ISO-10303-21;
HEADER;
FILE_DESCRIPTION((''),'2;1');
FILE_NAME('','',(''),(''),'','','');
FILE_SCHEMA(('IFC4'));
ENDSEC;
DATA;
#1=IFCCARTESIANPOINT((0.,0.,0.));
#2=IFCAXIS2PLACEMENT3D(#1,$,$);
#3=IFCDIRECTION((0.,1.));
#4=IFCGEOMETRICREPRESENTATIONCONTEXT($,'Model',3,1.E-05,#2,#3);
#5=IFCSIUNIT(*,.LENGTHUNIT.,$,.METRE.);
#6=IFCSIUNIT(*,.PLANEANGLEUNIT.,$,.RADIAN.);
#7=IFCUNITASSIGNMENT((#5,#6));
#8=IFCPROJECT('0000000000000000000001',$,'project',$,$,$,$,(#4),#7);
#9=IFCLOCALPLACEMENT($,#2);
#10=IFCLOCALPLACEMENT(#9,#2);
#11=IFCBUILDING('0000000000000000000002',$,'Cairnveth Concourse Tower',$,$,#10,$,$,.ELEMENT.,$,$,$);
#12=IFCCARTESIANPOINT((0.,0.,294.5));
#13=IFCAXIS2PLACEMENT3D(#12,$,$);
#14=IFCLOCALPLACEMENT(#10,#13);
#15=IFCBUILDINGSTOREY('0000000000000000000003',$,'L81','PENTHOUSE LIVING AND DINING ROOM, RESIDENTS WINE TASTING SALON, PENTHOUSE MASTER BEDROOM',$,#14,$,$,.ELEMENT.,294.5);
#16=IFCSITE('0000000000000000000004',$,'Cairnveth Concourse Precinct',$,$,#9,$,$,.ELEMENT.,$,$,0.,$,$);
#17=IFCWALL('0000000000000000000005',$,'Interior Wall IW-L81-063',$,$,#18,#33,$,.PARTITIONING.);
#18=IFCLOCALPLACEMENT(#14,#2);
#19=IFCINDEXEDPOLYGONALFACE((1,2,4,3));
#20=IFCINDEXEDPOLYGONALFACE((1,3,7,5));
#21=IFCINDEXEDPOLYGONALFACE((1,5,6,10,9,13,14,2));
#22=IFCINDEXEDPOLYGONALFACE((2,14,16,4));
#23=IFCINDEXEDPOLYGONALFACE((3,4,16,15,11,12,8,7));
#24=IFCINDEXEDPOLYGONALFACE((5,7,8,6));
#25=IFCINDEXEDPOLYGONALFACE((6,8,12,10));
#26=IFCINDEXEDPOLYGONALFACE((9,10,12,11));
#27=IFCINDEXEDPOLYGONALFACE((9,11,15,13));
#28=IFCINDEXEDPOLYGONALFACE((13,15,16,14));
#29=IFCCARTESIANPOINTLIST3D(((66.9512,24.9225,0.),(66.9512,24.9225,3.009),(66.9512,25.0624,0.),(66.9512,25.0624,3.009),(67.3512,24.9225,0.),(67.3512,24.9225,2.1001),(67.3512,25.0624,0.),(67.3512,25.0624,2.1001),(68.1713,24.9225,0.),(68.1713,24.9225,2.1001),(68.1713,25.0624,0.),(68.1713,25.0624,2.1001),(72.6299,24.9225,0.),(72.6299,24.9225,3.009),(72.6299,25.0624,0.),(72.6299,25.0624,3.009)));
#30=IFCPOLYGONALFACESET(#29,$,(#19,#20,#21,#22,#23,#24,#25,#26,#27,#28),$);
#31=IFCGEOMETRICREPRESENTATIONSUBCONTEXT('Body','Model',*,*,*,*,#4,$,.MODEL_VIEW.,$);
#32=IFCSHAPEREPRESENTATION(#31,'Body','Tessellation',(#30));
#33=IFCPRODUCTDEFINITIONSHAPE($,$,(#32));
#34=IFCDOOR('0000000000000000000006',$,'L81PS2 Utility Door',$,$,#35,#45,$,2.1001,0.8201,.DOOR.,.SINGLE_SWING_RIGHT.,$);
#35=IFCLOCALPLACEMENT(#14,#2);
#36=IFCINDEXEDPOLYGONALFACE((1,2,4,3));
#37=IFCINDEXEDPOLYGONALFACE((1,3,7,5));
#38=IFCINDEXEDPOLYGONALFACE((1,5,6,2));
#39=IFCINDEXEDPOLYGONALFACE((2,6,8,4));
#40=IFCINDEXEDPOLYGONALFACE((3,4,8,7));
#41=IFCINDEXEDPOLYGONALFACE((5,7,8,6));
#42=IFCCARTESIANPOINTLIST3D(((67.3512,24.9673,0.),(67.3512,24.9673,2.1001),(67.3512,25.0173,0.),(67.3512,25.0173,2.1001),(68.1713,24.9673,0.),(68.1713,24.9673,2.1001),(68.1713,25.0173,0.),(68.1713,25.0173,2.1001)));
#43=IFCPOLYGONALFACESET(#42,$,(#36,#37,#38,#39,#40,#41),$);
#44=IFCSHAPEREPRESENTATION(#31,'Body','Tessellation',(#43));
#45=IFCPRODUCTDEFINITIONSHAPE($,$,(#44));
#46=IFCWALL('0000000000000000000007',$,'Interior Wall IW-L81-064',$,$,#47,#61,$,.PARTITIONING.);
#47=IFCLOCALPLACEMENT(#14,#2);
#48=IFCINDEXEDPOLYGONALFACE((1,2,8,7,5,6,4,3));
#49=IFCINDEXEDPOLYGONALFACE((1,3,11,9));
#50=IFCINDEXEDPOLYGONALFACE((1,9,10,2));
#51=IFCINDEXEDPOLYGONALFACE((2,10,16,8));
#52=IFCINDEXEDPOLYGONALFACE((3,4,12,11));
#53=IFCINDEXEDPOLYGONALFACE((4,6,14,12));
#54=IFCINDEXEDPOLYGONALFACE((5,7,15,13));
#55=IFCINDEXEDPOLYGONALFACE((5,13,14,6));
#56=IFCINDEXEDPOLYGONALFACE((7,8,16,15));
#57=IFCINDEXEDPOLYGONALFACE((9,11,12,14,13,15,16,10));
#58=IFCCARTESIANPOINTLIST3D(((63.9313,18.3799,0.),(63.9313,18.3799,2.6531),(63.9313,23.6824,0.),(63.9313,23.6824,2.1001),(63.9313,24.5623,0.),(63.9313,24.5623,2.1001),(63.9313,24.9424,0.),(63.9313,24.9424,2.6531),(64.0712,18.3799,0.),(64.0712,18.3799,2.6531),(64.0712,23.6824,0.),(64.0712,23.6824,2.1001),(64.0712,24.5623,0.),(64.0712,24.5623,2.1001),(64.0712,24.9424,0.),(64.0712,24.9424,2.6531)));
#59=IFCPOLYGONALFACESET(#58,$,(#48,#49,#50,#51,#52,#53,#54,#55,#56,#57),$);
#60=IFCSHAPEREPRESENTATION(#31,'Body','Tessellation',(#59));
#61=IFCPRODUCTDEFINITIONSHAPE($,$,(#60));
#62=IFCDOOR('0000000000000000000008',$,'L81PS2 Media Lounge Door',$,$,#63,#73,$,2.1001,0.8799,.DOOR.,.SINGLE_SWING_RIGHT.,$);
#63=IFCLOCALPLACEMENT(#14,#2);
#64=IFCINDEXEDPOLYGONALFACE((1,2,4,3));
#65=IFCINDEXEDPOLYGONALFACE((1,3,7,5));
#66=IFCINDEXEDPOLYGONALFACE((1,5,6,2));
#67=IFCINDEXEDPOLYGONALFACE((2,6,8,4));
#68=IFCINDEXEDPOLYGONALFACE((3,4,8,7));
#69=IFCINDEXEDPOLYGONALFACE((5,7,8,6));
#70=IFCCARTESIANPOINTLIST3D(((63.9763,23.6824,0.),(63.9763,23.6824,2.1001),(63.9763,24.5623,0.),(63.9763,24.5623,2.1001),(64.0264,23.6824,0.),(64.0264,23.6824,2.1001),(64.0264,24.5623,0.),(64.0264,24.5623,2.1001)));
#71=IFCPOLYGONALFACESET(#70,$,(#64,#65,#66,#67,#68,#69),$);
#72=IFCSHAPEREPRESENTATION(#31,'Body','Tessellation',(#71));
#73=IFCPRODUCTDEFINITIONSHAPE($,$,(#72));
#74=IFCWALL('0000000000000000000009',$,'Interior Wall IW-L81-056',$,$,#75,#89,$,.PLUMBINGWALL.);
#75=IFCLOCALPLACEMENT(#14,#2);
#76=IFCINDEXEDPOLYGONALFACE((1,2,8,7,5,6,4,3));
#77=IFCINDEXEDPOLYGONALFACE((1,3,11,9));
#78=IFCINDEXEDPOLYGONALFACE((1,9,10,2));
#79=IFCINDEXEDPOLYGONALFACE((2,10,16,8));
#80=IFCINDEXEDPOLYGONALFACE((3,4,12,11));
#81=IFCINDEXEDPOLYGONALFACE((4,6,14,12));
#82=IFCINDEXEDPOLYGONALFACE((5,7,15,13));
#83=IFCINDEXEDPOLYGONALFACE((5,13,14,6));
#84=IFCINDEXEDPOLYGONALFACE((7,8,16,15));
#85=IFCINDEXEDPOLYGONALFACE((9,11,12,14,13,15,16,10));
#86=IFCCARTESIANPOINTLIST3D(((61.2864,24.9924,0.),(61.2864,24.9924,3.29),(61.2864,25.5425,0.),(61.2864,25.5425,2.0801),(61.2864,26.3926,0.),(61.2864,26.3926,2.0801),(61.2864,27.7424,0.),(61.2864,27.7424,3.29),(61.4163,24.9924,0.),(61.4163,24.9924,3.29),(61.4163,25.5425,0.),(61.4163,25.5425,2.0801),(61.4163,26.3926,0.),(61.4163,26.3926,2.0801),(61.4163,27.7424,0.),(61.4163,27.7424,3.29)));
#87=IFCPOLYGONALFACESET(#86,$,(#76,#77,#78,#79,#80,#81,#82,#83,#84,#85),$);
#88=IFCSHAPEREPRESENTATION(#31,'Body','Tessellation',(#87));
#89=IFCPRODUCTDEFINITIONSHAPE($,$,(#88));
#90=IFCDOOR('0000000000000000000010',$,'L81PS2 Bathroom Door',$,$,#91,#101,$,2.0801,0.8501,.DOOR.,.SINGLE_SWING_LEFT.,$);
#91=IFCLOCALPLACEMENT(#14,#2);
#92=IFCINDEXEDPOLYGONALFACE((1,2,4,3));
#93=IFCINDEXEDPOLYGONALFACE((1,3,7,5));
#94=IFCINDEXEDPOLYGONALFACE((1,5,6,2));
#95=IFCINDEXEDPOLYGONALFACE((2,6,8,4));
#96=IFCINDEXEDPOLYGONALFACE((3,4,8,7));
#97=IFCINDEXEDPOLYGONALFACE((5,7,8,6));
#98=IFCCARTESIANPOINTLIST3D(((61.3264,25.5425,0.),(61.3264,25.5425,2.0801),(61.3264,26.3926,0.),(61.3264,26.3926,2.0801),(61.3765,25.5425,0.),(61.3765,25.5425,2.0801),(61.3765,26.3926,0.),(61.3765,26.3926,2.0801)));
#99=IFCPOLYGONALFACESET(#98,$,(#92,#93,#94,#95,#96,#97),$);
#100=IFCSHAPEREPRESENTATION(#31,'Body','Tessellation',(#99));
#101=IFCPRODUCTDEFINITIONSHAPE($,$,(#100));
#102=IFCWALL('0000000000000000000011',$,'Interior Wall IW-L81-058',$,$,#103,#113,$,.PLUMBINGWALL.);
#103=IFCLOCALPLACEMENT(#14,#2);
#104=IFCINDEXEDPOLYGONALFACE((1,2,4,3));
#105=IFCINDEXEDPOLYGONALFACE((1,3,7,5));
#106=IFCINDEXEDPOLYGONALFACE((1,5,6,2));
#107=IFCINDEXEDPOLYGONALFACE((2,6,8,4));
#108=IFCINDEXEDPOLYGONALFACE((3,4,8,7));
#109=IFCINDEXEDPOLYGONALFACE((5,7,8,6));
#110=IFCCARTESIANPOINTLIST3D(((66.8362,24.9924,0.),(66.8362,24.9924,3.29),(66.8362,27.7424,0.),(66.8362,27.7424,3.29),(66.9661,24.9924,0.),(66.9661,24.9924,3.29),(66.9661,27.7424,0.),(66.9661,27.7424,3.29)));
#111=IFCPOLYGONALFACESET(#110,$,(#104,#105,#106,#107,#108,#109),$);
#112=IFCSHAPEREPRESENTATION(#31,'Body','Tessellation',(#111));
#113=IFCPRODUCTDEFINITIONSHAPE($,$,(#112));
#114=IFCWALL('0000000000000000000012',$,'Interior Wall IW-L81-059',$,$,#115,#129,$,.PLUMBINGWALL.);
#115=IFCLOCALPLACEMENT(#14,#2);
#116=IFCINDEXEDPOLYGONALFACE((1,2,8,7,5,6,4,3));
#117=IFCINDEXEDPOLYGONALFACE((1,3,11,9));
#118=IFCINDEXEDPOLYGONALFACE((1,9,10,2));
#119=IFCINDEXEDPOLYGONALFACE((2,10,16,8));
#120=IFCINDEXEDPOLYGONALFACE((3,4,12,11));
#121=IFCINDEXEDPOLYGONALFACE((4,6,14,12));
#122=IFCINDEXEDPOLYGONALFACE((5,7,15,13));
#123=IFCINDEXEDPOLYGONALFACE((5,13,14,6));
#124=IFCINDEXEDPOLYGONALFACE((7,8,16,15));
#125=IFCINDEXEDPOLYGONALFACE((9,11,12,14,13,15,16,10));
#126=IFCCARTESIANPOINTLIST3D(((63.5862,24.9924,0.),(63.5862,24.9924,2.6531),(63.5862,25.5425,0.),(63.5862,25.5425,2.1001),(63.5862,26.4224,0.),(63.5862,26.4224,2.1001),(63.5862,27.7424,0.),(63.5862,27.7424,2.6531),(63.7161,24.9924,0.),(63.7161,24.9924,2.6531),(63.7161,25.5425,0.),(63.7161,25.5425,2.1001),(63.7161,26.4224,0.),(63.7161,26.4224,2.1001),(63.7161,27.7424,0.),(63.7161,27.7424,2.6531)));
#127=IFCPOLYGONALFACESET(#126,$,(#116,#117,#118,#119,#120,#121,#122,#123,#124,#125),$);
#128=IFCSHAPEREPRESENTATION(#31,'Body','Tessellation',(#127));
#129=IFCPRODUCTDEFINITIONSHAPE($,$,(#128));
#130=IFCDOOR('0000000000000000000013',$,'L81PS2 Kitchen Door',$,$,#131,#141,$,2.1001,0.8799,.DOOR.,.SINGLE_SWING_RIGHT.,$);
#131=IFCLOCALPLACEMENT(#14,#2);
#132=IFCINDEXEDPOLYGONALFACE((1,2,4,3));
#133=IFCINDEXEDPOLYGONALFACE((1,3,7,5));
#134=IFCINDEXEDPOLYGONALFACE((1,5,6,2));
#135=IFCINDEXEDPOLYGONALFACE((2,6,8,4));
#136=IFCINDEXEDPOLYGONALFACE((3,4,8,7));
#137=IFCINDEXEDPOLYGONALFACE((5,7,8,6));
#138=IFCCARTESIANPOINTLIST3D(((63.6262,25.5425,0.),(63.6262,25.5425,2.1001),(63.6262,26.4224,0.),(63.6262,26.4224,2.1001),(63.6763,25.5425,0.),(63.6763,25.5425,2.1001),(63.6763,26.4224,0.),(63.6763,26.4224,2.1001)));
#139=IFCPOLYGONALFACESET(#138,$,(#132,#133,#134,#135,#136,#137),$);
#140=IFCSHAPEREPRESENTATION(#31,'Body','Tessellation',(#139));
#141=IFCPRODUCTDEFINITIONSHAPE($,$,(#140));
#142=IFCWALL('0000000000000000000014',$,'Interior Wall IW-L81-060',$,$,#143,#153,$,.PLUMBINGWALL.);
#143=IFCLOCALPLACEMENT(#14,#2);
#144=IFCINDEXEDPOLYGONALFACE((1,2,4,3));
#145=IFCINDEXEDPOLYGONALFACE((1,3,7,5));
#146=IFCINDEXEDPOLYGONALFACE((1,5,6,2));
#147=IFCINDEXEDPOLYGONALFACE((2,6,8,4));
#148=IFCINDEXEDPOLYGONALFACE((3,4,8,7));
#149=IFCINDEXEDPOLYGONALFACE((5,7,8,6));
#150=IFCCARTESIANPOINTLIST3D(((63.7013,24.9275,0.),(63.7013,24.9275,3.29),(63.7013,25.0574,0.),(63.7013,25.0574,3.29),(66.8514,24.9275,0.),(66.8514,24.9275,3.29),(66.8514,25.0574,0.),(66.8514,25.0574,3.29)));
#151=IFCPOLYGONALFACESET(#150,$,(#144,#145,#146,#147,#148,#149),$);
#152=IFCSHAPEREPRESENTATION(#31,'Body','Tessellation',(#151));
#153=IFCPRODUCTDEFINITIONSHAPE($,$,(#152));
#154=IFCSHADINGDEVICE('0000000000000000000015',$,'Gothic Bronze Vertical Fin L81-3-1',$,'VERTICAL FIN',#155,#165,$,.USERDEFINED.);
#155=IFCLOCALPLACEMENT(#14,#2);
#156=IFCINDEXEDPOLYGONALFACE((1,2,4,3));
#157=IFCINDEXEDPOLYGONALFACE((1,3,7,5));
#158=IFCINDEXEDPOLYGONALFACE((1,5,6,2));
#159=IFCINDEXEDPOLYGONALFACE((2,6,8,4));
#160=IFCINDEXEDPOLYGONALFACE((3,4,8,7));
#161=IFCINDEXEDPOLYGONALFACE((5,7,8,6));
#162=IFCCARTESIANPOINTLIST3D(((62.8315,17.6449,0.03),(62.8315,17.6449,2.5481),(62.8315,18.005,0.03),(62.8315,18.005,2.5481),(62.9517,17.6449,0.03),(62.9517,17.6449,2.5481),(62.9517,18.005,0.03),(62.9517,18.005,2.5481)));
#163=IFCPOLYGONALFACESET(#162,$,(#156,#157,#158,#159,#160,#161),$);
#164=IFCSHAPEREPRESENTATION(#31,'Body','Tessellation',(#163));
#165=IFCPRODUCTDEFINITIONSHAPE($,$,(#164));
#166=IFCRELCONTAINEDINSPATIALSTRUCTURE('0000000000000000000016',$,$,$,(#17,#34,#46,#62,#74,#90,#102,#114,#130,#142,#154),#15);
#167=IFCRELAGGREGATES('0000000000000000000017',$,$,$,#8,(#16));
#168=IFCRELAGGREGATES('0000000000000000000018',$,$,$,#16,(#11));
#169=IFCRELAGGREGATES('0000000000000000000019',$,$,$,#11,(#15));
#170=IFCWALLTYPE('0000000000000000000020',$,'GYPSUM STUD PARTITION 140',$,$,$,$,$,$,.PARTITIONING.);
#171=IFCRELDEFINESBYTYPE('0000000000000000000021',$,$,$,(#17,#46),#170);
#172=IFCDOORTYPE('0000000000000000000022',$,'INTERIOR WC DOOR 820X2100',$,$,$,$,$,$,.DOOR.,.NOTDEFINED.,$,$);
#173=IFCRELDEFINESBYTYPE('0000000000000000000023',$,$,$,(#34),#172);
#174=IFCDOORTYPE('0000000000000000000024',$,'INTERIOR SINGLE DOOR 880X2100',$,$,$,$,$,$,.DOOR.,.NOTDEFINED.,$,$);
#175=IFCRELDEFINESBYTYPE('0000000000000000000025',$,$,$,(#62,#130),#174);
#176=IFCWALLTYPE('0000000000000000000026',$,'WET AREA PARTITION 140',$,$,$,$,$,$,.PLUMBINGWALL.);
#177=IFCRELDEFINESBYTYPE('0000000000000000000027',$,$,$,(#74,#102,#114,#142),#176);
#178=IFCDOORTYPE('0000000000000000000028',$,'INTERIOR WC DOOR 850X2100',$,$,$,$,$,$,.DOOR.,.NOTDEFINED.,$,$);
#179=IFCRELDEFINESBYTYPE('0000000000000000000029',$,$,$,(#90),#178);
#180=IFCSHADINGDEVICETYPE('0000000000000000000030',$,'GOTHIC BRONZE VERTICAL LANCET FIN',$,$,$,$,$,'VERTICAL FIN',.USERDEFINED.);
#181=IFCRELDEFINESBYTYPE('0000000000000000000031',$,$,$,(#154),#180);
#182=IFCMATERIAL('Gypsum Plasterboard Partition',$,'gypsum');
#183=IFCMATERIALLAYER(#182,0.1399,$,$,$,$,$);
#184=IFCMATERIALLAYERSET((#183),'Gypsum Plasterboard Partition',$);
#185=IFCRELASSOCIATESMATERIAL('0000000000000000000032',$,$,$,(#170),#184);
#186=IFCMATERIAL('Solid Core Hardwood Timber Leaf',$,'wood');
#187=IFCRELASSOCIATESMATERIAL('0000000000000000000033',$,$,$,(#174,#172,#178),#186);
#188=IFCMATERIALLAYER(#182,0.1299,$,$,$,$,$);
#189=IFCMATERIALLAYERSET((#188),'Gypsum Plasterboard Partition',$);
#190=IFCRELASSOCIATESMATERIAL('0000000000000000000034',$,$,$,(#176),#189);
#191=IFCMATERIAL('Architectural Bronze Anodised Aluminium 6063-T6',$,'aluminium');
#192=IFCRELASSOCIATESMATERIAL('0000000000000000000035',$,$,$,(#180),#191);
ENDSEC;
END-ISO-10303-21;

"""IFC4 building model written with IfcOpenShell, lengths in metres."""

from ifc_helpers import new_model, si_unit, direction, frame, frame_2d, origin, origin_2d, place, context, subcontext, project, spatial, rectangle, extrude, material, layer, layer_set, type_object, element, fill, save


model = new_model("IFC4")

# Units and contexts
model_context = context("Model", 3, precision=1e-05, world=origin(), true_north=direction((0.0, 1.0)))
body_context = subcontext(model_context, "Body", "Model", "MODEL_VIEW")
ifc_project = project(units=[si_unit("LENGTHUNIT", "METRE"), si_unit("PLANEANGLEUNIT", "RADIAN")], contexts=[model_context])

# Site, building, storey
site_placement = place(None, origin())
site = spatial("IfcSite", under=ifc_project, at=site_placement, Name="Cairnveth Concourse Precinct", CompositionType="ELEMENT", RefElevation=0.0)
building_placement = place(site_placement, origin())
building = spatial("IfcBuilding", under=site, at=building_placement, Name="Cairnveth Concourse Tower", CompositionType="ELEMENT")
storey_placement = place(building_placement, frame((0.0, 0.0, 294.5)))
storey = spatial("IfcBuildingStorey", under=building, at=storey_placement, Name="L81", Description="PENTHOUSE LIVING AND DINING ROOM, RESIDENTS WINE TASTING SALON, PENTHOUSE MASTER BEDROOM", CompositionType="ELEMENT", Elevation=294.5)

# Shared definitions
ifc_material_1 = material(Name="Gypsum Plasterboard Partition", Category="gypsum")
ifc_material_2 = material(Name="Solid Core Hardwood Timber Leaf", Category="wood")

# Walls, openings, doors
ifc_layer_1 = layer(ifc_material_1, 0.1399)
ifc_layer_set_1 = layer_set([ifc_layer_1], Name="Gypsum Plasterboard Partition")
wall_type_1 = type_object("IfcWallType", Name="GYPSUM STUD PARTITION 140", PredefinedType="PARTITIONING", material=ifc_layer_set_1)
door_type_1 = type_object("IfcDoorType", Name="INTERIOR SINGLE DOOR 880X2100", OperationType="NOTDEFINED", PredefinedType="DOOR", material=ifc_material_2)
wall_1_placement = place(storey_placement, frame((66.9512, 24.9924, 0.0), z_axis=(0.0, 0.0, 1.0), x_axis=(1.0, 0.0, 0.0)))
wall_1 = element("IfcWall", 1, at=wall_1_placement, inside=storey, type_object=wall_type_1, Name="Interior Wall IW-L81-063", PredefinedType="PARTITIONING", context=body_context, shape_type="SweptSolid", body=[
    extrude(rectangle(XDim=5.6787, YDim=0.1399, at=frame_2d((2.8394, 0.0))), origin(), (0.0, 0.0, 1.0), 3.009),
])
opening_1_placement = place(wall_1_placement, frame((0.3999, 0.0, 0.0)))
opening_1 = element("IfcOpeningElement", 2, at=opening_1_placement, cuts=wall_1, PredefinedType="OPENING", context=body_context, shape_type="SweptSolid", body=[
    extrude(rectangle(XDim=0.8201, YDim=2.1001, at=frame_2d((0.4102, 1.05))), frame((0.0, 0.0798, 0.0), z_axis=(0.0, -1.0, 0.0), x_axis=(1.0, 0.0, 0.0)), (0.0, 0.0, 1.0), 0.1599),
])
door_type_2 = type_object("IfcDoorType", Name="INTERIOR WC DOOR 820X2100", OperationType="NOTDEFINED", PredefinedType="DOOR", material=ifc_material_2)
door_1_placement = place(opening_1_placement, origin())
door_1 = element("IfcDoor", 3, at=door_1_placement, inside=storey, type_object=door_type_2, Name="L81PS2 Utility Door", OperationType="SINGLE_SWING_RIGHT", OverallHeight=2.1001, OverallWidth=0.8201, PredefinedType="DOOR", context=body_context, shape_type="SweptSolid", body=[
    extrude(rectangle(XDim=0.8201, YDim=2.1001, at=frame_2d((0.4102, 1.05))), frame((0.0, 0.0249, 0.0), z_axis=(0.0, -1.0, 0.0), x_axis=(1.0, 0.0, 0.0)), (0.0, 0.0, 1.0), 0.05),
])
fill(opening_1, door_1)
wall_2_placement = place(storey_placement, frame((64.0012, 18.3799, 0.0), z_axis=(0.0, 0.0, 1.0), x_axis=(0.0, 1.0, 0.0)))
wall_2 = element("IfcWall", 4, at=wall_2_placement, inside=storey, type_object=wall_type_1, Name="Interior Wall IW-L81-064", PredefinedType="PARTITIONING", context=body_context, shape_type="SweptSolid", body=[
    extrude(rectangle(XDim=6.5625, YDim=0.1399, at=frame_2d((3.2812, 0.0))), origin(), (0.0, 0.0, 1.0), 2.6531),
])
opening_2_placement = place(wall_2_placement, frame((5.3025, 0.0, 0.0)))
opening_2 = element("IfcOpeningElement", 5, at=opening_2_placement, cuts=wall_2, PredefinedType="OPENING", context=body_context, shape_type="SweptSolid", body=[
    extrude(rectangle(XDim=0.8799, YDim=2.1001, at=frame_2d((0.4399, 1.05))), frame((0.0, 0.0798, 0.0), z_axis=(0.0, -1.0, 0.0), x_axis=(1.0, 0.0, 0.0)), (0.0, 0.0, 1.0), 0.1599),
])
door_2_placement = place(opening_2_placement, origin())
door_2 = element("IfcDoor", 6, at=door_2_placement, inside=storey, type_object=door_type_1, Name="L81PS2 Media Lounge Door", OperationType="SINGLE_SWING_RIGHT", OverallHeight=2.1001, OverallWidth=0.8799, PredefinedType="DOOR", context=body_context, shape_type="SweptSolid", body=[
    extrude(rectangle(XDim=0.8799, YDim=2.1001, at=frame_2d((0.4399, 1.05))), frame((0.0, 0.0249, 0.0), z_axis=(0.0, -1.0, 0.0), x_axis=(1.0, 0.0, 0.0)), (0.0, 0.0, 1.0), 0.05),
])
fill(opening_2, door_2)
ifc_layer_2 = layer(ifc_material_1, 0.1299)
ifc_layer_set_2 = layer_set([ifc_layer_2], Name="Gypsum Plasterboard Partition")
wall_type_2 = type_object("IfcWallType", Name="WET AREA PARTITION 140", PredefinedType="PLUMBINGWALL", material=ifc_layer_set_2)
wall_3_placement = place(storey_placement, frame((61.3513, 24.9924, 0.0), z_axis=(0.0, 0.0, 1.0), x_axis=(0.0, 1.0, 0.0)))
wall_3 = element("IfcWall", 7, at=wall_3_placement, inside=storey, type_object=wall_type_2, Name="Interior Wall IW-L81-056", PredefinedType="PLUMBINGWALL", context=body_context, shape_type="SweptSolid", body=[
    extrude(rectangle(XDim=2.75, YDim=0.1299, at=frame_2d((1.375, 0.0))), origin(), (0.0, 0.0, 1.0), 3.29),
])
opening_3_placement = place(wall_3_placement, frame((0.55, 0.0, 0.0)))
opening_3 = element("IfcOpeningElement", 8, at=opening_3_placement, cuts=wall_3, PredefinedType="OPENING", context=body_context, shape_type="SweptSolid", body=[
    extrude(rectangle(XDim=0.8501, YDim=2.0801, at=frame_2d((0.425, 1.04))), frame((0.0, 0.075, 0.0), z_axis=(0.0, -1.0, 0.0), x_axis=(1.0, 0.0, 0.0)), (0.0, 0.0, 1.0), 0.1499),
])
door_type_3 = type_object("IfcDoorType", Name="INTERIOR WC DOOR 850X2100", OperationType="NOTDEFINED", PredefinedType="DOOR", material=ifc_material_2)
door_3_placement = place(opening_3_placement, origin())
door_3 = element("IfcDoor", 9, at=door_3_placement, inside=storey, type_object=door_type_3, Name="L81PS2 Bathroom Door", OperationType="SINGLE_SWING_LEFT", OverallHeight=2.0801, OverallWidth=0.8501, PredefinedType="DOOR", context=body_context, shape_type="SweptSolid", body=[
    extrude(rectangle(XDim=0.8501, YDim=2.0801, at=frame_2d((0.425, 1.04))), frame((0.0, 0.0249, 0.0), z_axis=(0.0, -1.0, 0.0), x_axis=(1.0, 0.0, 0.0)), (0.0, 0.0, 1.0), 0.05),
])
fill(opening_3, door_3)

# Wall
wall_4_placement = place(storey_placement, frame((66.9011, 24.9924, 0.0), z_axis=(0.0, 0.0, 1.0), x_axis=(0.0, 1.0, 0.0)))
element("IfcWall", 10, at=wall_4_placement, inside=storey, type_object=wall_type_2, Name="Interior Wall IW-L81-058", PredefinedType="PLUMBINGWALL", context=body_context, shape_type="SweptSolid", body=[
    extrude(rectangle(XDim=2.75, YDim=0.1299, at=frame_2d((1.375, 0.0))), origin(), (0.0, 0.0, 1.0), 3.29),
])

# Wall, opening, door
wall_5_placement = place(storey_placement, frame((63.6511, 24.9924, 0.0), z_axis=(0.0, 0.0, 1.0), x_axis=(0.0, 1.0, 0.0)))
wall_5 = element("IfcWall", 11, at=wall_5_placement, inside=storey, type_object=wall_type_2, Name="Interior Wall IW-L81-059", PredefinedType="PLUMBINGWALL", context=body_context, shape_type="SweptSolid", body=[
    extrude(rectangle(XDim=2.75, YDim=0.1299, at=frame_2d((1.375, 0.0))), origin(), (0.0, 0.0, 1.0), 2.6531),
])
opening_4_placement = place(wall_5_placement, frame((0.55, 0.0, 0.0)))
opening_4 = element("IfcOpeningElement", 12, at=opening_4_placement, cuts=wall_5, PredefinedType="OPENING", context=body_context, shape_type="SweptSolid", body=[
    extrude(rectangle(XDim=0.8799, YDim=2.1001, at=frame_2d((0.4399, 1.05))), frame((0.0, 0.075, 0.0), z_axis=(0.0, -1.0, 0.0), x_axis=(1.0, 0.0, 0.0)), (0.0, 0.0, 1.0), 0.1499),
])
door_4_placement = place(opening_4_placement, origin())
door_4 = element("IfcDoor", 13, at=door_4_placement, inside=storey, type_object=door_type_1, Name="L81PS2 Kitchen Door", OperationType="SINGLE_SWING_RIGHT", OverallHeight=2.1001, OverallWidth=0.8799, PredefinedType="DOOR", context=body_context, shape_type="SweptSolid", body=[
    extrude(rectangle(XDim=0.8799, YDim=2.1001, at=frame_2d((0.4399, 1.05))), frame((0.0, 0.0249, 0.0), z_axis=(0.0, -1.0, 0.0), x_axis=(1.0, 0.0, 0.0)), (0.0, 0.0, 1.0), 0.05),
])
fill(opening_4, door_4)

# Wall
wall_6_placement = place(storey_placement, frame((63.7012, 24.9924, 0.0), z_axis=(0.0, 0.0, 1.0), x_axis=(1.0, 0.0, 0.0)))
element("IfcWall", 14, at=wall_6_placement, inside=storey, type_object=wall_type_2, Name="Interior Wall IW-L81-060", PredefinedType="PLUMBINGWALL", context=body_context, shape_type="SweptSolid", body=[
    extrude(rectangle(XDim=3.1501, YDim=0.1299, at=frame_2d((1.5752, 0.0))), origin(), (0.0, 0.0, 1.0), 3.29),
])

# Shading device
ifc_material_3 = material(Name="Architectural Bronze Anodised Aluminium 6063-T6", Category="aluminium")
shading_device_type = type_object("IfcShadingDeviceType", Name="GOTHIC BRONZE VERTICAL LANCET FIN", ElementType="VERTICAL FIN", PredefinedType="USERDEFINED", material=ifc_material_3)
shading_device_placement = place(storey_placement, frame((62.8916, 17.825, 0.03), z_axis=(0.0, 0.0, 1.0), x_axis=(1.0, 0.0, 0.0)))
element("IfcShadingDevice", 15, at=shading_device_placement, inside=storey, type_object=shading_device_type, Name="Gothic Bronze Vertical Fin L81-3-1", ObjectType="VERTICAL FIN", PredefinedType="USERDEFINED", context=body_context, shape_type="SweptSolid", body=[
    extrude(rectangle(XDim=0.1201, YDim=0.3601, at=origin_2d()), origin(), (0.0, 0.0, 1.0), 2.5181),
])

save(model, "model.ifc")
